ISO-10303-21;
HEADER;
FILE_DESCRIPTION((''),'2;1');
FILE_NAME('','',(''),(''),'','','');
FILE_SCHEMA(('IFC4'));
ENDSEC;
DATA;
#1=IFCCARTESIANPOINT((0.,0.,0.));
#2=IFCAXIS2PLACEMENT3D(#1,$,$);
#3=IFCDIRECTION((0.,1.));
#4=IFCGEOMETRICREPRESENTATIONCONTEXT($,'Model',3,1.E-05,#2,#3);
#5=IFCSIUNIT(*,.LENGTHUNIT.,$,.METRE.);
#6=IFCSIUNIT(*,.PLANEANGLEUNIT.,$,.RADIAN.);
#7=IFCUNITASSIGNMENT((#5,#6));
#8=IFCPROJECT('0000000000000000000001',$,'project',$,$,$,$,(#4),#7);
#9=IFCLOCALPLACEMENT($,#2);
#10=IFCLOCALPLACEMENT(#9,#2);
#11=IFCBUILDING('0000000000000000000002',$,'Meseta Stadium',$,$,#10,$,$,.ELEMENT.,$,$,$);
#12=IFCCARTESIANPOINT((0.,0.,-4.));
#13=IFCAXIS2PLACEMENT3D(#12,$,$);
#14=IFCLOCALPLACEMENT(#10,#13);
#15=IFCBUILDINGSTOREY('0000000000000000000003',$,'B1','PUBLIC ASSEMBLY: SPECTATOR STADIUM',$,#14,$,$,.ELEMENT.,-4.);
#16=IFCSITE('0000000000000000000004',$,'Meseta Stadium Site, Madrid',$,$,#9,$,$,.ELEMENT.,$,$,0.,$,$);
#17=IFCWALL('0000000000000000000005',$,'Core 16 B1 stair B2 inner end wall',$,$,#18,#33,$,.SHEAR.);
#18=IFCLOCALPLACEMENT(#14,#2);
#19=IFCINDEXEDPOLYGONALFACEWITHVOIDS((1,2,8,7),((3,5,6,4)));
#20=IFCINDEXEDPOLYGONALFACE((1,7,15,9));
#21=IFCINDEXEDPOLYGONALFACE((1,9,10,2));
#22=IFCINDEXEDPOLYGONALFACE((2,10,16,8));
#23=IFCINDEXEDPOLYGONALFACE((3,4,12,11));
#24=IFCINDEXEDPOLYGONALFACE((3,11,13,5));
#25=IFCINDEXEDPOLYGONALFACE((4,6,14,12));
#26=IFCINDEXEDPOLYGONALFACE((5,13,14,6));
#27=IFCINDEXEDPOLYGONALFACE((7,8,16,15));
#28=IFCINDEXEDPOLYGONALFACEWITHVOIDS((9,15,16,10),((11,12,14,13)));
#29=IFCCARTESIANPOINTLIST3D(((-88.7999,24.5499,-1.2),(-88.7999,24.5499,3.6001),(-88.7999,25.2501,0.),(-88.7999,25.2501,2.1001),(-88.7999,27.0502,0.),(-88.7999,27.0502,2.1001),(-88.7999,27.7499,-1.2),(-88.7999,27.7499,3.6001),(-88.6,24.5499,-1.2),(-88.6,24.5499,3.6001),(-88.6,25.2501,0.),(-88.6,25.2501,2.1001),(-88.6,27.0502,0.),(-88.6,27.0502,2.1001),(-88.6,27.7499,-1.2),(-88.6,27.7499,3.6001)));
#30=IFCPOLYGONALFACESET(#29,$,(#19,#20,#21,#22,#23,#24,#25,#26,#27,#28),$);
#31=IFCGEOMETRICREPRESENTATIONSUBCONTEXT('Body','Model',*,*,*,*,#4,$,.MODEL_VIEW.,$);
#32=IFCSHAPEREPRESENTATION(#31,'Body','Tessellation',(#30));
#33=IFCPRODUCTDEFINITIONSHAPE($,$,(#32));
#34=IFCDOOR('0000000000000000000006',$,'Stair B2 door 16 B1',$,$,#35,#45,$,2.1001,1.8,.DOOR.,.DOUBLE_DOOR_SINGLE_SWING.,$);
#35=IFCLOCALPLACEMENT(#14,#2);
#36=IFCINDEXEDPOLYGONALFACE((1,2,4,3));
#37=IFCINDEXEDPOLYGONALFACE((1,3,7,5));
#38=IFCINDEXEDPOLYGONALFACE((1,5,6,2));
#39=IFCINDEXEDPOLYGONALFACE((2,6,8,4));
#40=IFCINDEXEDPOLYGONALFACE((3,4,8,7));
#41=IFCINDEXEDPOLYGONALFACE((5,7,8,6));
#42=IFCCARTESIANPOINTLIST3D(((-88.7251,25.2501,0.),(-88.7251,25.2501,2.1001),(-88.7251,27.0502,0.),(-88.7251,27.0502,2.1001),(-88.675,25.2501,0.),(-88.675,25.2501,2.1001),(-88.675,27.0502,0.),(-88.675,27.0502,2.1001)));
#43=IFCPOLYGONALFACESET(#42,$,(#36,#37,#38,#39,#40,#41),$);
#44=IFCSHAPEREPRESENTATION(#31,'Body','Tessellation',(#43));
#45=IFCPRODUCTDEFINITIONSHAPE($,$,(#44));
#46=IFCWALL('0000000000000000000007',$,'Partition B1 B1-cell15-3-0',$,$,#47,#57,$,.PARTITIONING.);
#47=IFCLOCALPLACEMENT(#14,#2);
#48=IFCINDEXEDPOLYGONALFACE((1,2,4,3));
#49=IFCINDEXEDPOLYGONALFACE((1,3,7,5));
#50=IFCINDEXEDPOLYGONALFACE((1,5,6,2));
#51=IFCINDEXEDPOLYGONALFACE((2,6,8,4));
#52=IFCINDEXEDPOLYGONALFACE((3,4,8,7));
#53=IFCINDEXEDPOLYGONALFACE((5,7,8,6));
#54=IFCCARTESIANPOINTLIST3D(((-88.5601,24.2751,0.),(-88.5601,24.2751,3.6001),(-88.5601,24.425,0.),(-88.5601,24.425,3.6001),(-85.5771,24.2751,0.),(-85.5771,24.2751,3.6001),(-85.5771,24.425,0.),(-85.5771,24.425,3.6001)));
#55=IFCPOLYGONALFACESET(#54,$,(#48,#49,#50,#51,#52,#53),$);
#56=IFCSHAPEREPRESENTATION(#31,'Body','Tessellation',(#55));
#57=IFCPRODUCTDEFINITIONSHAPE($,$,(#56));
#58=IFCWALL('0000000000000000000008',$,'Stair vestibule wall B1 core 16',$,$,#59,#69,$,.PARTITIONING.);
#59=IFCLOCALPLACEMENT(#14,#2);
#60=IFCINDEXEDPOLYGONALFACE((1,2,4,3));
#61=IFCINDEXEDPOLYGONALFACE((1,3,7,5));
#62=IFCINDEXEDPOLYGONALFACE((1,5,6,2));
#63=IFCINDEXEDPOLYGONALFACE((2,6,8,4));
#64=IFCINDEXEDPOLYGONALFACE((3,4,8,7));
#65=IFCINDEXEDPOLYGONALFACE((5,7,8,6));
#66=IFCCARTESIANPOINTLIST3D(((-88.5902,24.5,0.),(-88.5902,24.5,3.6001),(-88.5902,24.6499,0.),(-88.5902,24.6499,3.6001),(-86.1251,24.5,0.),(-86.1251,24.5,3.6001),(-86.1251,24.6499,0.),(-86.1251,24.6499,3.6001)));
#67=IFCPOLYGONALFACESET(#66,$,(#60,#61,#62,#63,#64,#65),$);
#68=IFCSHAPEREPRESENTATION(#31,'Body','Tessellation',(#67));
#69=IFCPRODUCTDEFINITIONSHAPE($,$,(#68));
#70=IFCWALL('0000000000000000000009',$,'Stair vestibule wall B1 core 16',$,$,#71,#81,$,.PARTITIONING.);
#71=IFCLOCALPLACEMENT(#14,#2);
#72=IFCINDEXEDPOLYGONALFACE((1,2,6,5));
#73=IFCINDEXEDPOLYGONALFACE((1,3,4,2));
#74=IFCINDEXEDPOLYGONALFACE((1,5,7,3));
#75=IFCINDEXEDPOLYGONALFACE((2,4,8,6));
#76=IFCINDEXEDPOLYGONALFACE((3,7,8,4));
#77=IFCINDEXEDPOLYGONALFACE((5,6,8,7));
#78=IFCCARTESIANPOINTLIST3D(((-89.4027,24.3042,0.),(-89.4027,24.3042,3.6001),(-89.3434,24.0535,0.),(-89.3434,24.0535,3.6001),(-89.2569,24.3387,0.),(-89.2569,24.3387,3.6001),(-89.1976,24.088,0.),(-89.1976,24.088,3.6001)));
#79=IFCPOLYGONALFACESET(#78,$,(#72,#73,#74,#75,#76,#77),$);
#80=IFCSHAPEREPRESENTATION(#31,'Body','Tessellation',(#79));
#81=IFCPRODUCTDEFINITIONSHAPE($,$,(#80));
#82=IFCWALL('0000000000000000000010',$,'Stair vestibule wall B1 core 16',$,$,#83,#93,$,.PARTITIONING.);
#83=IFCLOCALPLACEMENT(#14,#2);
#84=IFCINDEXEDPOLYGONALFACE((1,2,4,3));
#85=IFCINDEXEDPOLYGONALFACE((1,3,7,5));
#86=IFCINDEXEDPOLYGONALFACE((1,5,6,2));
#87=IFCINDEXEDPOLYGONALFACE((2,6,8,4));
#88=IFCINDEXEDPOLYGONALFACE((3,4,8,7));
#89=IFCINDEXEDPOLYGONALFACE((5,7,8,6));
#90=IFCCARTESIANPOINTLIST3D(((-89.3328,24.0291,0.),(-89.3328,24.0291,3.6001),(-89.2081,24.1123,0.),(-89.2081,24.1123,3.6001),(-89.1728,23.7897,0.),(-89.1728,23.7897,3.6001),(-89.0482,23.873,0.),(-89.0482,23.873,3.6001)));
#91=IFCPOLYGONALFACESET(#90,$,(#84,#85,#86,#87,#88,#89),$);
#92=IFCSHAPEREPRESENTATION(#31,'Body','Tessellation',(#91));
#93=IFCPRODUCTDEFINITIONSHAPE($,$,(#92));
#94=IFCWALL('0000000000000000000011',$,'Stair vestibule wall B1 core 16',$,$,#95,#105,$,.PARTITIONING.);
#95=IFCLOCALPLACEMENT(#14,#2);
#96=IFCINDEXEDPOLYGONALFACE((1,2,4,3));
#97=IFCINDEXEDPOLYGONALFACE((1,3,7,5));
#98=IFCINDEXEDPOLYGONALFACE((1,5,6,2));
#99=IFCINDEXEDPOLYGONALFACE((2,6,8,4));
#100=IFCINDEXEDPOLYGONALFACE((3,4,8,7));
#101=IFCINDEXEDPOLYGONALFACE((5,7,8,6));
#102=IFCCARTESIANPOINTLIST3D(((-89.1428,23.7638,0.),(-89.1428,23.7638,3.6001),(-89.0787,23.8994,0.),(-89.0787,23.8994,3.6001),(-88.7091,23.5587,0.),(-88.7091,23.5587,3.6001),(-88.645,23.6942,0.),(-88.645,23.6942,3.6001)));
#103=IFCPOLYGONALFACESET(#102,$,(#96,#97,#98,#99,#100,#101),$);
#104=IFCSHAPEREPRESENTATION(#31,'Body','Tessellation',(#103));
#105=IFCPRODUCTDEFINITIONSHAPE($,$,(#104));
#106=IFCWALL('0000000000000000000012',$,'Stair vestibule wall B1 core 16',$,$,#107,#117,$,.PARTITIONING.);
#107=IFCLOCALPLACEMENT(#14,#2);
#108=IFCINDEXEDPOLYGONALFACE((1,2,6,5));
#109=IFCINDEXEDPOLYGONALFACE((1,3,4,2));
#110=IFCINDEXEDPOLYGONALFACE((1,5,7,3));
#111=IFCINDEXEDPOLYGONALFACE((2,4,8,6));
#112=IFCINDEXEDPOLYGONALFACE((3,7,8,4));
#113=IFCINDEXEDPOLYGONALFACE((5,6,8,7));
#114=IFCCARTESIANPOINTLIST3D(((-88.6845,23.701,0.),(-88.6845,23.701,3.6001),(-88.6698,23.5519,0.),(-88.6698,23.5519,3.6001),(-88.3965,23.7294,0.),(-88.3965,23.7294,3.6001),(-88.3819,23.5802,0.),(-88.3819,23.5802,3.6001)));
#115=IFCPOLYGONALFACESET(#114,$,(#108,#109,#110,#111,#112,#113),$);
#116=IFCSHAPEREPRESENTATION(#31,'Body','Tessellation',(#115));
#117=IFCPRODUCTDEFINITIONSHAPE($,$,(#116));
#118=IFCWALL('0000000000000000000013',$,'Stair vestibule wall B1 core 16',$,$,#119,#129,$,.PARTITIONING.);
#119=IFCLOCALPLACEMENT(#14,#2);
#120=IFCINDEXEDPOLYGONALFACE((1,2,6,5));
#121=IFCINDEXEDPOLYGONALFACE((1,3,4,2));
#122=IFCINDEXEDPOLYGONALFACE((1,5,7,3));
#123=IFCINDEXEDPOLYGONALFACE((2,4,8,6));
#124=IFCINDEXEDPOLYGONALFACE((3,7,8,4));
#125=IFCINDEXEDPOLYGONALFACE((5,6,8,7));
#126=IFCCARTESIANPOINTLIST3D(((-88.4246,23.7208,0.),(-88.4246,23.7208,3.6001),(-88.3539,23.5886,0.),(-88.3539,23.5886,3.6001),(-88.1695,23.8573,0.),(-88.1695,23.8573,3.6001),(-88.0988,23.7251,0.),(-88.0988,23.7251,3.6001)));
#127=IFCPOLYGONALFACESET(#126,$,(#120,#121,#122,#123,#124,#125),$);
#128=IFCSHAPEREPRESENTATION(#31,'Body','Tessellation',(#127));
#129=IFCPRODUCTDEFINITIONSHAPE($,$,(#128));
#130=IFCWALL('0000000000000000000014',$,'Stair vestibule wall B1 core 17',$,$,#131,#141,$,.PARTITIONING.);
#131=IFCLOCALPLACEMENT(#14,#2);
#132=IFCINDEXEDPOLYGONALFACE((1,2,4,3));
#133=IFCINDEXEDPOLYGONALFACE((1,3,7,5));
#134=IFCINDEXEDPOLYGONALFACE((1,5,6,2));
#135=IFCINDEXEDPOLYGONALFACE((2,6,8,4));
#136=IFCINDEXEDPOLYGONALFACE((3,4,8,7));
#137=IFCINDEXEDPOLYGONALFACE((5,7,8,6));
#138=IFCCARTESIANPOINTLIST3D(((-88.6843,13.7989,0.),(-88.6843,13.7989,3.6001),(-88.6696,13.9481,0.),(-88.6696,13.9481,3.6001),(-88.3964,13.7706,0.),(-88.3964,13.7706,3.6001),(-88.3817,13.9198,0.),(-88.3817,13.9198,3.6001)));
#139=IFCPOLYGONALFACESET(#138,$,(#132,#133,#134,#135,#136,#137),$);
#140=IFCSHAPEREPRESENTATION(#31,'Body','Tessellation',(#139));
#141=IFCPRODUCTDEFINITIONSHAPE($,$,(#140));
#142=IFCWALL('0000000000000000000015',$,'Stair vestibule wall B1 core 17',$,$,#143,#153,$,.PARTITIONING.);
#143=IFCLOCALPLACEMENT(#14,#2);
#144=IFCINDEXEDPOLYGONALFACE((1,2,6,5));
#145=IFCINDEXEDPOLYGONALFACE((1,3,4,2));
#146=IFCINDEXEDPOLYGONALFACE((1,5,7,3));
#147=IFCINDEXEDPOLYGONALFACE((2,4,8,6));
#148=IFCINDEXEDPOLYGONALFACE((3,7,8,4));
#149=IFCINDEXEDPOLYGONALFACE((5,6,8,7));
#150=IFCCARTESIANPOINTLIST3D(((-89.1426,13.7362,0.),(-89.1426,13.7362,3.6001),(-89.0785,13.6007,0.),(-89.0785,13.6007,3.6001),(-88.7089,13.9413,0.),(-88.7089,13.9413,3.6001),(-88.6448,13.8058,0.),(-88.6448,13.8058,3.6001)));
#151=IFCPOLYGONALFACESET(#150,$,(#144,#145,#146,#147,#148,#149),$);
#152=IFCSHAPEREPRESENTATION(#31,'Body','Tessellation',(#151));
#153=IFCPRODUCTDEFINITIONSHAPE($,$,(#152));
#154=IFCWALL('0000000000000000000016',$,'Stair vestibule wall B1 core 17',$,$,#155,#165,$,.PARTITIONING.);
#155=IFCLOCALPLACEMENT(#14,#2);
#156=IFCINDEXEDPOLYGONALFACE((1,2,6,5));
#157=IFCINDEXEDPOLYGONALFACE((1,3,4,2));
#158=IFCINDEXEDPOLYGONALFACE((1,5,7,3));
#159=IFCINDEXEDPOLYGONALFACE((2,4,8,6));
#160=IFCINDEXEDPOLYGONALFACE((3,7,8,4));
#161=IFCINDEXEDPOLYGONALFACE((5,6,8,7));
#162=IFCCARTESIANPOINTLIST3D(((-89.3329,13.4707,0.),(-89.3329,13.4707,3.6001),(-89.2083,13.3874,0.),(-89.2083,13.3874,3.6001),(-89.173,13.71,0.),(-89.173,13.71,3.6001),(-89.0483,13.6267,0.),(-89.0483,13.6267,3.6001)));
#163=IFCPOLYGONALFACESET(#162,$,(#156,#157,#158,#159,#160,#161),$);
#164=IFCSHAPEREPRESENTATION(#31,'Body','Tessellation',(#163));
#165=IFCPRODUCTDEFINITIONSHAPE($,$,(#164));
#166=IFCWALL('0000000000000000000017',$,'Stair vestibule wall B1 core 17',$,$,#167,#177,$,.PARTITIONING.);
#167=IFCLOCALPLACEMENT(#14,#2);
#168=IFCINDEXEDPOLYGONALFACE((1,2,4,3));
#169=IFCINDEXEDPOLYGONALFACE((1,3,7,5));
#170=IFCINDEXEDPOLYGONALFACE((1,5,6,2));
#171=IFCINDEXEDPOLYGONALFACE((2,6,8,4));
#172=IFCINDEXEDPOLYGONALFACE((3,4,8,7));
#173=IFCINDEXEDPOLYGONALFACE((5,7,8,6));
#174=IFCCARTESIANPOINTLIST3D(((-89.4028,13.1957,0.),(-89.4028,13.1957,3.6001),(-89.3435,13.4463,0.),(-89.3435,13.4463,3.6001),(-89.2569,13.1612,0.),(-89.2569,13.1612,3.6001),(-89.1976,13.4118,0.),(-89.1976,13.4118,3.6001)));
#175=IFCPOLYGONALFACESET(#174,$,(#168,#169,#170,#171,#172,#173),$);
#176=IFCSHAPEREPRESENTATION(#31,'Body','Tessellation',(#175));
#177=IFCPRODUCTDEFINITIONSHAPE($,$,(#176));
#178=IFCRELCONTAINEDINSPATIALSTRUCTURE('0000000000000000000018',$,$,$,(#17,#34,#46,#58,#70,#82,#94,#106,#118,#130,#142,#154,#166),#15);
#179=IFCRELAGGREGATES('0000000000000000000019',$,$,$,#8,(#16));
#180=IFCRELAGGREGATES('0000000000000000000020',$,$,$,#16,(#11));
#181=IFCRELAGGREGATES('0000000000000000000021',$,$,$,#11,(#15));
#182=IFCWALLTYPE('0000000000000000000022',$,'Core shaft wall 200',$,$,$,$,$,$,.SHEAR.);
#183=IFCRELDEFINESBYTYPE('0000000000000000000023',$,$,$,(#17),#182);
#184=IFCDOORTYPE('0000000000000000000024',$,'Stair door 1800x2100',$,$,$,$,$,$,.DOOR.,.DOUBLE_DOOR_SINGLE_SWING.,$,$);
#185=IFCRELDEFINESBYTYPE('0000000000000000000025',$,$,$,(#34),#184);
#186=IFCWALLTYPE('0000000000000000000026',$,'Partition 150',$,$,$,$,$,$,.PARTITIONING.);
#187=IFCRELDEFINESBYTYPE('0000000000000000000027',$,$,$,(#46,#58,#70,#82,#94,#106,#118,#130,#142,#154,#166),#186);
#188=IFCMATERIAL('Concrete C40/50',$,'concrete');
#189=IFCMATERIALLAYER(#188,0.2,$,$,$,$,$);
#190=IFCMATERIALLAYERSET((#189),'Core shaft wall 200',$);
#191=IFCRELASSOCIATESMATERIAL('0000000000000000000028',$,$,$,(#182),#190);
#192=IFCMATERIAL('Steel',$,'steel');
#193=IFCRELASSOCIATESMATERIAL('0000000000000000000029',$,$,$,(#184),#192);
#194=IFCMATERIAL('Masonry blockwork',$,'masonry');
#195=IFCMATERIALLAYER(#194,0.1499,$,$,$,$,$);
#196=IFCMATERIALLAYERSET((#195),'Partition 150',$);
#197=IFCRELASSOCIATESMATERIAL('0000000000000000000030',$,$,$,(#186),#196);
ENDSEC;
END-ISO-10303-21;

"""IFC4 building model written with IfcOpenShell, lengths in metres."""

from ifc_helpers import new_model, si_unit, direction, frame, frame_2d, origin, place, context, subcontext, project, spatial, rectangle, extrude, material, layer, layer_set, type_object, element, fill, save


model = new_model("IFC4")

# Units and contexts
model_context = context("Model", 3, precision=1e-05, world=origin(), true_north=direction((0.0, 1.0)))
body_context = subcontext(model_context, "Body", "Model", "MODEL_VIEW")
ifc_project = project(units=[si_unit("LENGTHUNIT", "METRE"), si_unit("PLANEANGLEUNIT", "RADIAN")], contexts=[model_context])

# Site, building, storey
site_placement = place(None, origin())
site = spatial("IfcSite", under=ifc_project, at=site_placement, Name="Meseta Stadium Site, Madrid", CompositionType="ELEMENT", RefElevation=0.0)
building_placement = place(site_placement, origin())
building = spatial("IfcBuilding", under=site, at=building_placement, Name="Meseta Stadium", CompositionType="ELEMENT")
storey_placement = place(building_placement, frame((0.0, 0.0, -4.0)))
storey = spatial("IfcBuildingStorey", under=building, at=storey_placement, Name="B1", Description="PUBLIC ASSEMBLY: SPECTATOR STADIUM", CompositionType="ELEMENT", Elevation=-4.0)

# Wall, opening, door
ifc_material_1 = material(Name="Concrete C40/50", Category="concrete")
ifc_layer_1 = layer(ifc_material_1, 0.2)
ifc_layer_set_1 = layer_set([ifc_layer_1], Name="Core shaft wall 200")
wall_type_1 = type_object("IfcWallType", Name="Core shaft wall 200", PredefinedType="SHEAR", material=ifc_layer_set_1)
wall_1_placement = place(storey_placement, frame((-88.7, 27.75, -1.2), z_axis=(0.0, 0.0, 1.0), x_axis=(0.0, -1.0, 0.0)))
wall_1 = element("IfcWall", 1, at=wall_1_placement, inside=storey, type_object=wall_type_1, Name="Core 16 B1 stair B2 inner end wall", PredefinedType="SHEAR", context=body_context, shape_type="SweptSolid", body=[
    extrude(rectangle(XDim=3.2, YDim=0.2, at=frame_2d((1.6001, 0.0))), origin(), (0.0, 0.0, 1.0), 4.8),
])
opening_placement = place(wall_1_placement, frame((0.7, 0.0, 1.2)))
opening = element("IfcOpeningElement", 2, at=opening_placement, cuts=wall_1, PredefinedType="OPENING", context=body_context, shape_type="SweptSolid", body=[
    extrude(rectangle(XDim=1.8, YDim=2.1001, at=frame_2d((0.8999, 1.05))), frame((0.0, 0.1099, 0.0), z_axis=(0.0, -1.0, 0.0), x_axis=(1.0, 0.0, 0.0)), (0.0, 0.0, 1.0), 0.22),
])
ifc_material_2 = material(Name="Steel", Category="steel")
door_type = type_object("IfcDoorType", Name="Stair door 1800x2100", OperationType="DOUBLE_DOOR_SINGLE_SWING", PredefinedType="DOOR", material=ifc_material_2)
door_placement = place(opening_placement, origin())
door = element("IfcDoor", 3, at=door_placement, inside=storey, type_object=door_type, Name="Stair B2 door 16 B1", OperationType="DOUBLE_DOOR_SINGLE_SWING", OverallHeight=2.1001, OverallWidth=1.8, PredefinedType="DOOR", context=body_context, shape_type="SweptSolid", body=[
    extrude(rectangle(XDim=1.8, YDim=2.1001, at=frame_2d((0.8999, 1.05))), frame((0.0, 0.0249, 0.0), z_axis=(0.0, -1.0, 0.0), x_axis=(1.0, 0.0, 0.0)), (0.0, 0.0, 1.0), 0.05),
])
fill(opening, door)

# Walls
ifc_material_3 = material(Name="Masonry blockwork", Category="masonry")
ifc_layer_2 = layer(ifc_material_3, 0.1499)
ifc_layer_set_2 = layer_set([ifc_layer_2], Name="Partition 150")
wall_type_2 = type_object("IfcWallType", Name="Partition 150", PredefinedType="PARTITIONING", material=ifc_layer_set_2)
wall_2_placement = place(storey_placement, frame((-88.5601, 24.3501, 0.0), z_axis=(0.0, 0.0, 1.0), x_axis=(1.0, 0.0, 0.0)))
element("IfcWall", 4, at=wall_2_placement, inside=storey, type_object=wall_type_2, Name="Partition B1 B1-cell15-3-0", PredefinedType="PARTITIONING", context=body_context, shape_type="SweptSolid", body=[
    extrude(rectangle(XDim=2.9829, YDim=0.1499, at=frame_2d((1.4915, 0.0))), origin(), (0.0, 0.0, 1.0), 3.6001),
])
wall_3_placement = place(storey_placement, frame((-88.5901, 24.575, 0.0), z_axis=(0.0, 0.0, 1.0), x_axis=(1.0, 0.0, 0.0)))
element("IfcWall", 5, at=wall_3_placement, inside=storey, type_object=wall_type_2, Name="Stair vestibule wall B1 core 16", PredefinedType="PARTITIONING", context=body_context, shape_type="SweptSolid", body=[
    extrude(rectangle(XDim=2.4651, YDim=0.1499, at=frame_2d((1.2324, 0.0))), origin(), (0.0, 0.0, 1.0), 3.6001),
])
wall_4_placement = place(storey_placement, frame((-89.3298, 24.3215, 0.0), z_axis=(0.0, 0.0, 1.0), x_axis=(0.230254, -0.973131, 0.0)))
element("IfcWall", 6, at=wall_4_placement, inside=storey, type_object=wall_type_2, Name="Stair vestibule wall B1 core 16", PredefinedType="PARTITIONING", context=body_context, shape_type="SweptSolid", body=[
    extrude(rectangle(XDim=0.2576, YDim=0.1499, at=frame_2d((0.1289, 0.0))), origin(), (0.0, 0.0, 1.0), 3.6001),
])
wall_5_placement = place(storey_placement, frame((-89.2705, 24.0708, 0.0), z_axis=(0.0, 0.0, 1.0), x_axis=(0.555679, -0.831397, 0.0)))
element("IfcWall", 7, at=wall_5_placement, inside=storey, type_object=wall_type_2, Name="Stair vestibule wall B1 core 16", PredefinedType="PARTITIONING", context=body_context, shape_type="SweptSolid", body=[
    extrude(rectangle(XDim=0.2878, YDim=0.1499, at=frame_2d((0.144, 0.0))), origin(), (0.0, 0.0, 1.0), 3.6001),
])
wall_6_placement = place(storey_placement, frame((-89.1106, 23.8315, 0.0), z_axis=(0.0, 0.0, 1.0), x_axis=(0.903986, -0.427561, 0.0)))
element("IfcWall", 8, at=wall_6_placement, inside=storey, type_object=wall_type_2, Name="Stair vestibule wall B1 core 16", PredefinedType="PARTITIONING", context=body_context, shape_type="SweptSolid", body=[
    extrude(rectangle(XDim=0.4797, YDim=0.1499, at=frame_2d((0.2397, 0.0))), origin(), (0.0, 0.0, 1.0), 3.6001),
])
for number, where, z_axis, x_axis, name in (
    (9, (-88.677, 23.6265, 0.0), (0.0, 0.0, 1.0), (0.995195, 0.097916, 0.0), "Stair vestibule wall B1 core 16"),
    (10, (-88.3892, 23.6548, 0.0), (0.0, 0.0, 1.0), (0.881768, 0.471683, 0.0), "Stair vestibule wall B1 core 16"),
    (11, (-88.3892, 13.8452, 0.0), (0.0, 0.0, 1.0), (-0.995195, 0.097916, 0.0), "Stair vestibule wall B1 core 17"),
):
    element("IfcWall", number, at=place(storey_placement, frame(where, z_axis=z_axis, x_axis=x_axis)), inside=storey, type_object=wall_type_2, Name=name, PredefinedType="PARTITIONING", context=body_context, shape_type="SweptSolid", body=[
        extrude(rectangle(XDim=0.2893, YDim=0.1499, at=frame_2d((0.1445, 0.0))), origin(), (0.0, 0.0, 1.0), 3.6001),
    ])
wall_7_placement = place(storey_placement, frame((-88.677, 13.8735, 0.0), z_axis=(0.0, 0.0, 1.0), x_axis=(-0.903986, -0.427561, 0.0)))
element("IfcWall", 12, at=wall_7_placement, inside=storey, type_object=wall_type_2, Name="Stair vestibule wall B1 core 17", PredefinedType="PARTITIONING", context=body_context, shape_type="SweptSolid", body=[
    extrude(rectangle(XDim=0.4797, YDim=0.1499, at=frame_2d((0.2397, 0.0))), origin(), (0.0, 0.0, 1.0), 3.6001),
])
wall_8_placement = place(storey_placement, frame((-89.1106, 13.6685, 0.0), z_axis=(0.0, 0.0, 1.0), x_axis=(-0.555679, -0.831397, 0.0)))
element("IfcWall", 13, at=wall_8_placement, inside=storey, type_object=wall_type_2, Name="Stair vestibule wall B1 core 17", PredefinedType="PARTITIONING", context=body_context, shape_type="SweptSolid", body=[
    extrude(rectangle(XDim=0.2878, YDim=0.1499, at=frame_2d((0.144, 0.0))), origin(), (0.0, 0.0, 1.0), 3.6001),
])
wall_9_placement = place(storey_placement, frame((-89.2705, 13.4292, 0.0), z_axis=(0.0, 0.0, 1.0), x_axis=(-0.230254, -0.973131, 0.0)))
element("IfcWall", 14, at=wall_9_placement, inside=storey, type_object=wall_type_2, Name="Stair vestibule wall B1 core 17", PredefinedType="PARTITIONING", context=body_context, shape_type="SweptSolid", body=[
    extrude(rectangle(XDim=0.2576, YDim=0.1499, at=frame_2d((0.1289, 0.0))), origin(), (0.0, 0.0, 1.0), 3.6001),
])

save(model, "model.ifc")
